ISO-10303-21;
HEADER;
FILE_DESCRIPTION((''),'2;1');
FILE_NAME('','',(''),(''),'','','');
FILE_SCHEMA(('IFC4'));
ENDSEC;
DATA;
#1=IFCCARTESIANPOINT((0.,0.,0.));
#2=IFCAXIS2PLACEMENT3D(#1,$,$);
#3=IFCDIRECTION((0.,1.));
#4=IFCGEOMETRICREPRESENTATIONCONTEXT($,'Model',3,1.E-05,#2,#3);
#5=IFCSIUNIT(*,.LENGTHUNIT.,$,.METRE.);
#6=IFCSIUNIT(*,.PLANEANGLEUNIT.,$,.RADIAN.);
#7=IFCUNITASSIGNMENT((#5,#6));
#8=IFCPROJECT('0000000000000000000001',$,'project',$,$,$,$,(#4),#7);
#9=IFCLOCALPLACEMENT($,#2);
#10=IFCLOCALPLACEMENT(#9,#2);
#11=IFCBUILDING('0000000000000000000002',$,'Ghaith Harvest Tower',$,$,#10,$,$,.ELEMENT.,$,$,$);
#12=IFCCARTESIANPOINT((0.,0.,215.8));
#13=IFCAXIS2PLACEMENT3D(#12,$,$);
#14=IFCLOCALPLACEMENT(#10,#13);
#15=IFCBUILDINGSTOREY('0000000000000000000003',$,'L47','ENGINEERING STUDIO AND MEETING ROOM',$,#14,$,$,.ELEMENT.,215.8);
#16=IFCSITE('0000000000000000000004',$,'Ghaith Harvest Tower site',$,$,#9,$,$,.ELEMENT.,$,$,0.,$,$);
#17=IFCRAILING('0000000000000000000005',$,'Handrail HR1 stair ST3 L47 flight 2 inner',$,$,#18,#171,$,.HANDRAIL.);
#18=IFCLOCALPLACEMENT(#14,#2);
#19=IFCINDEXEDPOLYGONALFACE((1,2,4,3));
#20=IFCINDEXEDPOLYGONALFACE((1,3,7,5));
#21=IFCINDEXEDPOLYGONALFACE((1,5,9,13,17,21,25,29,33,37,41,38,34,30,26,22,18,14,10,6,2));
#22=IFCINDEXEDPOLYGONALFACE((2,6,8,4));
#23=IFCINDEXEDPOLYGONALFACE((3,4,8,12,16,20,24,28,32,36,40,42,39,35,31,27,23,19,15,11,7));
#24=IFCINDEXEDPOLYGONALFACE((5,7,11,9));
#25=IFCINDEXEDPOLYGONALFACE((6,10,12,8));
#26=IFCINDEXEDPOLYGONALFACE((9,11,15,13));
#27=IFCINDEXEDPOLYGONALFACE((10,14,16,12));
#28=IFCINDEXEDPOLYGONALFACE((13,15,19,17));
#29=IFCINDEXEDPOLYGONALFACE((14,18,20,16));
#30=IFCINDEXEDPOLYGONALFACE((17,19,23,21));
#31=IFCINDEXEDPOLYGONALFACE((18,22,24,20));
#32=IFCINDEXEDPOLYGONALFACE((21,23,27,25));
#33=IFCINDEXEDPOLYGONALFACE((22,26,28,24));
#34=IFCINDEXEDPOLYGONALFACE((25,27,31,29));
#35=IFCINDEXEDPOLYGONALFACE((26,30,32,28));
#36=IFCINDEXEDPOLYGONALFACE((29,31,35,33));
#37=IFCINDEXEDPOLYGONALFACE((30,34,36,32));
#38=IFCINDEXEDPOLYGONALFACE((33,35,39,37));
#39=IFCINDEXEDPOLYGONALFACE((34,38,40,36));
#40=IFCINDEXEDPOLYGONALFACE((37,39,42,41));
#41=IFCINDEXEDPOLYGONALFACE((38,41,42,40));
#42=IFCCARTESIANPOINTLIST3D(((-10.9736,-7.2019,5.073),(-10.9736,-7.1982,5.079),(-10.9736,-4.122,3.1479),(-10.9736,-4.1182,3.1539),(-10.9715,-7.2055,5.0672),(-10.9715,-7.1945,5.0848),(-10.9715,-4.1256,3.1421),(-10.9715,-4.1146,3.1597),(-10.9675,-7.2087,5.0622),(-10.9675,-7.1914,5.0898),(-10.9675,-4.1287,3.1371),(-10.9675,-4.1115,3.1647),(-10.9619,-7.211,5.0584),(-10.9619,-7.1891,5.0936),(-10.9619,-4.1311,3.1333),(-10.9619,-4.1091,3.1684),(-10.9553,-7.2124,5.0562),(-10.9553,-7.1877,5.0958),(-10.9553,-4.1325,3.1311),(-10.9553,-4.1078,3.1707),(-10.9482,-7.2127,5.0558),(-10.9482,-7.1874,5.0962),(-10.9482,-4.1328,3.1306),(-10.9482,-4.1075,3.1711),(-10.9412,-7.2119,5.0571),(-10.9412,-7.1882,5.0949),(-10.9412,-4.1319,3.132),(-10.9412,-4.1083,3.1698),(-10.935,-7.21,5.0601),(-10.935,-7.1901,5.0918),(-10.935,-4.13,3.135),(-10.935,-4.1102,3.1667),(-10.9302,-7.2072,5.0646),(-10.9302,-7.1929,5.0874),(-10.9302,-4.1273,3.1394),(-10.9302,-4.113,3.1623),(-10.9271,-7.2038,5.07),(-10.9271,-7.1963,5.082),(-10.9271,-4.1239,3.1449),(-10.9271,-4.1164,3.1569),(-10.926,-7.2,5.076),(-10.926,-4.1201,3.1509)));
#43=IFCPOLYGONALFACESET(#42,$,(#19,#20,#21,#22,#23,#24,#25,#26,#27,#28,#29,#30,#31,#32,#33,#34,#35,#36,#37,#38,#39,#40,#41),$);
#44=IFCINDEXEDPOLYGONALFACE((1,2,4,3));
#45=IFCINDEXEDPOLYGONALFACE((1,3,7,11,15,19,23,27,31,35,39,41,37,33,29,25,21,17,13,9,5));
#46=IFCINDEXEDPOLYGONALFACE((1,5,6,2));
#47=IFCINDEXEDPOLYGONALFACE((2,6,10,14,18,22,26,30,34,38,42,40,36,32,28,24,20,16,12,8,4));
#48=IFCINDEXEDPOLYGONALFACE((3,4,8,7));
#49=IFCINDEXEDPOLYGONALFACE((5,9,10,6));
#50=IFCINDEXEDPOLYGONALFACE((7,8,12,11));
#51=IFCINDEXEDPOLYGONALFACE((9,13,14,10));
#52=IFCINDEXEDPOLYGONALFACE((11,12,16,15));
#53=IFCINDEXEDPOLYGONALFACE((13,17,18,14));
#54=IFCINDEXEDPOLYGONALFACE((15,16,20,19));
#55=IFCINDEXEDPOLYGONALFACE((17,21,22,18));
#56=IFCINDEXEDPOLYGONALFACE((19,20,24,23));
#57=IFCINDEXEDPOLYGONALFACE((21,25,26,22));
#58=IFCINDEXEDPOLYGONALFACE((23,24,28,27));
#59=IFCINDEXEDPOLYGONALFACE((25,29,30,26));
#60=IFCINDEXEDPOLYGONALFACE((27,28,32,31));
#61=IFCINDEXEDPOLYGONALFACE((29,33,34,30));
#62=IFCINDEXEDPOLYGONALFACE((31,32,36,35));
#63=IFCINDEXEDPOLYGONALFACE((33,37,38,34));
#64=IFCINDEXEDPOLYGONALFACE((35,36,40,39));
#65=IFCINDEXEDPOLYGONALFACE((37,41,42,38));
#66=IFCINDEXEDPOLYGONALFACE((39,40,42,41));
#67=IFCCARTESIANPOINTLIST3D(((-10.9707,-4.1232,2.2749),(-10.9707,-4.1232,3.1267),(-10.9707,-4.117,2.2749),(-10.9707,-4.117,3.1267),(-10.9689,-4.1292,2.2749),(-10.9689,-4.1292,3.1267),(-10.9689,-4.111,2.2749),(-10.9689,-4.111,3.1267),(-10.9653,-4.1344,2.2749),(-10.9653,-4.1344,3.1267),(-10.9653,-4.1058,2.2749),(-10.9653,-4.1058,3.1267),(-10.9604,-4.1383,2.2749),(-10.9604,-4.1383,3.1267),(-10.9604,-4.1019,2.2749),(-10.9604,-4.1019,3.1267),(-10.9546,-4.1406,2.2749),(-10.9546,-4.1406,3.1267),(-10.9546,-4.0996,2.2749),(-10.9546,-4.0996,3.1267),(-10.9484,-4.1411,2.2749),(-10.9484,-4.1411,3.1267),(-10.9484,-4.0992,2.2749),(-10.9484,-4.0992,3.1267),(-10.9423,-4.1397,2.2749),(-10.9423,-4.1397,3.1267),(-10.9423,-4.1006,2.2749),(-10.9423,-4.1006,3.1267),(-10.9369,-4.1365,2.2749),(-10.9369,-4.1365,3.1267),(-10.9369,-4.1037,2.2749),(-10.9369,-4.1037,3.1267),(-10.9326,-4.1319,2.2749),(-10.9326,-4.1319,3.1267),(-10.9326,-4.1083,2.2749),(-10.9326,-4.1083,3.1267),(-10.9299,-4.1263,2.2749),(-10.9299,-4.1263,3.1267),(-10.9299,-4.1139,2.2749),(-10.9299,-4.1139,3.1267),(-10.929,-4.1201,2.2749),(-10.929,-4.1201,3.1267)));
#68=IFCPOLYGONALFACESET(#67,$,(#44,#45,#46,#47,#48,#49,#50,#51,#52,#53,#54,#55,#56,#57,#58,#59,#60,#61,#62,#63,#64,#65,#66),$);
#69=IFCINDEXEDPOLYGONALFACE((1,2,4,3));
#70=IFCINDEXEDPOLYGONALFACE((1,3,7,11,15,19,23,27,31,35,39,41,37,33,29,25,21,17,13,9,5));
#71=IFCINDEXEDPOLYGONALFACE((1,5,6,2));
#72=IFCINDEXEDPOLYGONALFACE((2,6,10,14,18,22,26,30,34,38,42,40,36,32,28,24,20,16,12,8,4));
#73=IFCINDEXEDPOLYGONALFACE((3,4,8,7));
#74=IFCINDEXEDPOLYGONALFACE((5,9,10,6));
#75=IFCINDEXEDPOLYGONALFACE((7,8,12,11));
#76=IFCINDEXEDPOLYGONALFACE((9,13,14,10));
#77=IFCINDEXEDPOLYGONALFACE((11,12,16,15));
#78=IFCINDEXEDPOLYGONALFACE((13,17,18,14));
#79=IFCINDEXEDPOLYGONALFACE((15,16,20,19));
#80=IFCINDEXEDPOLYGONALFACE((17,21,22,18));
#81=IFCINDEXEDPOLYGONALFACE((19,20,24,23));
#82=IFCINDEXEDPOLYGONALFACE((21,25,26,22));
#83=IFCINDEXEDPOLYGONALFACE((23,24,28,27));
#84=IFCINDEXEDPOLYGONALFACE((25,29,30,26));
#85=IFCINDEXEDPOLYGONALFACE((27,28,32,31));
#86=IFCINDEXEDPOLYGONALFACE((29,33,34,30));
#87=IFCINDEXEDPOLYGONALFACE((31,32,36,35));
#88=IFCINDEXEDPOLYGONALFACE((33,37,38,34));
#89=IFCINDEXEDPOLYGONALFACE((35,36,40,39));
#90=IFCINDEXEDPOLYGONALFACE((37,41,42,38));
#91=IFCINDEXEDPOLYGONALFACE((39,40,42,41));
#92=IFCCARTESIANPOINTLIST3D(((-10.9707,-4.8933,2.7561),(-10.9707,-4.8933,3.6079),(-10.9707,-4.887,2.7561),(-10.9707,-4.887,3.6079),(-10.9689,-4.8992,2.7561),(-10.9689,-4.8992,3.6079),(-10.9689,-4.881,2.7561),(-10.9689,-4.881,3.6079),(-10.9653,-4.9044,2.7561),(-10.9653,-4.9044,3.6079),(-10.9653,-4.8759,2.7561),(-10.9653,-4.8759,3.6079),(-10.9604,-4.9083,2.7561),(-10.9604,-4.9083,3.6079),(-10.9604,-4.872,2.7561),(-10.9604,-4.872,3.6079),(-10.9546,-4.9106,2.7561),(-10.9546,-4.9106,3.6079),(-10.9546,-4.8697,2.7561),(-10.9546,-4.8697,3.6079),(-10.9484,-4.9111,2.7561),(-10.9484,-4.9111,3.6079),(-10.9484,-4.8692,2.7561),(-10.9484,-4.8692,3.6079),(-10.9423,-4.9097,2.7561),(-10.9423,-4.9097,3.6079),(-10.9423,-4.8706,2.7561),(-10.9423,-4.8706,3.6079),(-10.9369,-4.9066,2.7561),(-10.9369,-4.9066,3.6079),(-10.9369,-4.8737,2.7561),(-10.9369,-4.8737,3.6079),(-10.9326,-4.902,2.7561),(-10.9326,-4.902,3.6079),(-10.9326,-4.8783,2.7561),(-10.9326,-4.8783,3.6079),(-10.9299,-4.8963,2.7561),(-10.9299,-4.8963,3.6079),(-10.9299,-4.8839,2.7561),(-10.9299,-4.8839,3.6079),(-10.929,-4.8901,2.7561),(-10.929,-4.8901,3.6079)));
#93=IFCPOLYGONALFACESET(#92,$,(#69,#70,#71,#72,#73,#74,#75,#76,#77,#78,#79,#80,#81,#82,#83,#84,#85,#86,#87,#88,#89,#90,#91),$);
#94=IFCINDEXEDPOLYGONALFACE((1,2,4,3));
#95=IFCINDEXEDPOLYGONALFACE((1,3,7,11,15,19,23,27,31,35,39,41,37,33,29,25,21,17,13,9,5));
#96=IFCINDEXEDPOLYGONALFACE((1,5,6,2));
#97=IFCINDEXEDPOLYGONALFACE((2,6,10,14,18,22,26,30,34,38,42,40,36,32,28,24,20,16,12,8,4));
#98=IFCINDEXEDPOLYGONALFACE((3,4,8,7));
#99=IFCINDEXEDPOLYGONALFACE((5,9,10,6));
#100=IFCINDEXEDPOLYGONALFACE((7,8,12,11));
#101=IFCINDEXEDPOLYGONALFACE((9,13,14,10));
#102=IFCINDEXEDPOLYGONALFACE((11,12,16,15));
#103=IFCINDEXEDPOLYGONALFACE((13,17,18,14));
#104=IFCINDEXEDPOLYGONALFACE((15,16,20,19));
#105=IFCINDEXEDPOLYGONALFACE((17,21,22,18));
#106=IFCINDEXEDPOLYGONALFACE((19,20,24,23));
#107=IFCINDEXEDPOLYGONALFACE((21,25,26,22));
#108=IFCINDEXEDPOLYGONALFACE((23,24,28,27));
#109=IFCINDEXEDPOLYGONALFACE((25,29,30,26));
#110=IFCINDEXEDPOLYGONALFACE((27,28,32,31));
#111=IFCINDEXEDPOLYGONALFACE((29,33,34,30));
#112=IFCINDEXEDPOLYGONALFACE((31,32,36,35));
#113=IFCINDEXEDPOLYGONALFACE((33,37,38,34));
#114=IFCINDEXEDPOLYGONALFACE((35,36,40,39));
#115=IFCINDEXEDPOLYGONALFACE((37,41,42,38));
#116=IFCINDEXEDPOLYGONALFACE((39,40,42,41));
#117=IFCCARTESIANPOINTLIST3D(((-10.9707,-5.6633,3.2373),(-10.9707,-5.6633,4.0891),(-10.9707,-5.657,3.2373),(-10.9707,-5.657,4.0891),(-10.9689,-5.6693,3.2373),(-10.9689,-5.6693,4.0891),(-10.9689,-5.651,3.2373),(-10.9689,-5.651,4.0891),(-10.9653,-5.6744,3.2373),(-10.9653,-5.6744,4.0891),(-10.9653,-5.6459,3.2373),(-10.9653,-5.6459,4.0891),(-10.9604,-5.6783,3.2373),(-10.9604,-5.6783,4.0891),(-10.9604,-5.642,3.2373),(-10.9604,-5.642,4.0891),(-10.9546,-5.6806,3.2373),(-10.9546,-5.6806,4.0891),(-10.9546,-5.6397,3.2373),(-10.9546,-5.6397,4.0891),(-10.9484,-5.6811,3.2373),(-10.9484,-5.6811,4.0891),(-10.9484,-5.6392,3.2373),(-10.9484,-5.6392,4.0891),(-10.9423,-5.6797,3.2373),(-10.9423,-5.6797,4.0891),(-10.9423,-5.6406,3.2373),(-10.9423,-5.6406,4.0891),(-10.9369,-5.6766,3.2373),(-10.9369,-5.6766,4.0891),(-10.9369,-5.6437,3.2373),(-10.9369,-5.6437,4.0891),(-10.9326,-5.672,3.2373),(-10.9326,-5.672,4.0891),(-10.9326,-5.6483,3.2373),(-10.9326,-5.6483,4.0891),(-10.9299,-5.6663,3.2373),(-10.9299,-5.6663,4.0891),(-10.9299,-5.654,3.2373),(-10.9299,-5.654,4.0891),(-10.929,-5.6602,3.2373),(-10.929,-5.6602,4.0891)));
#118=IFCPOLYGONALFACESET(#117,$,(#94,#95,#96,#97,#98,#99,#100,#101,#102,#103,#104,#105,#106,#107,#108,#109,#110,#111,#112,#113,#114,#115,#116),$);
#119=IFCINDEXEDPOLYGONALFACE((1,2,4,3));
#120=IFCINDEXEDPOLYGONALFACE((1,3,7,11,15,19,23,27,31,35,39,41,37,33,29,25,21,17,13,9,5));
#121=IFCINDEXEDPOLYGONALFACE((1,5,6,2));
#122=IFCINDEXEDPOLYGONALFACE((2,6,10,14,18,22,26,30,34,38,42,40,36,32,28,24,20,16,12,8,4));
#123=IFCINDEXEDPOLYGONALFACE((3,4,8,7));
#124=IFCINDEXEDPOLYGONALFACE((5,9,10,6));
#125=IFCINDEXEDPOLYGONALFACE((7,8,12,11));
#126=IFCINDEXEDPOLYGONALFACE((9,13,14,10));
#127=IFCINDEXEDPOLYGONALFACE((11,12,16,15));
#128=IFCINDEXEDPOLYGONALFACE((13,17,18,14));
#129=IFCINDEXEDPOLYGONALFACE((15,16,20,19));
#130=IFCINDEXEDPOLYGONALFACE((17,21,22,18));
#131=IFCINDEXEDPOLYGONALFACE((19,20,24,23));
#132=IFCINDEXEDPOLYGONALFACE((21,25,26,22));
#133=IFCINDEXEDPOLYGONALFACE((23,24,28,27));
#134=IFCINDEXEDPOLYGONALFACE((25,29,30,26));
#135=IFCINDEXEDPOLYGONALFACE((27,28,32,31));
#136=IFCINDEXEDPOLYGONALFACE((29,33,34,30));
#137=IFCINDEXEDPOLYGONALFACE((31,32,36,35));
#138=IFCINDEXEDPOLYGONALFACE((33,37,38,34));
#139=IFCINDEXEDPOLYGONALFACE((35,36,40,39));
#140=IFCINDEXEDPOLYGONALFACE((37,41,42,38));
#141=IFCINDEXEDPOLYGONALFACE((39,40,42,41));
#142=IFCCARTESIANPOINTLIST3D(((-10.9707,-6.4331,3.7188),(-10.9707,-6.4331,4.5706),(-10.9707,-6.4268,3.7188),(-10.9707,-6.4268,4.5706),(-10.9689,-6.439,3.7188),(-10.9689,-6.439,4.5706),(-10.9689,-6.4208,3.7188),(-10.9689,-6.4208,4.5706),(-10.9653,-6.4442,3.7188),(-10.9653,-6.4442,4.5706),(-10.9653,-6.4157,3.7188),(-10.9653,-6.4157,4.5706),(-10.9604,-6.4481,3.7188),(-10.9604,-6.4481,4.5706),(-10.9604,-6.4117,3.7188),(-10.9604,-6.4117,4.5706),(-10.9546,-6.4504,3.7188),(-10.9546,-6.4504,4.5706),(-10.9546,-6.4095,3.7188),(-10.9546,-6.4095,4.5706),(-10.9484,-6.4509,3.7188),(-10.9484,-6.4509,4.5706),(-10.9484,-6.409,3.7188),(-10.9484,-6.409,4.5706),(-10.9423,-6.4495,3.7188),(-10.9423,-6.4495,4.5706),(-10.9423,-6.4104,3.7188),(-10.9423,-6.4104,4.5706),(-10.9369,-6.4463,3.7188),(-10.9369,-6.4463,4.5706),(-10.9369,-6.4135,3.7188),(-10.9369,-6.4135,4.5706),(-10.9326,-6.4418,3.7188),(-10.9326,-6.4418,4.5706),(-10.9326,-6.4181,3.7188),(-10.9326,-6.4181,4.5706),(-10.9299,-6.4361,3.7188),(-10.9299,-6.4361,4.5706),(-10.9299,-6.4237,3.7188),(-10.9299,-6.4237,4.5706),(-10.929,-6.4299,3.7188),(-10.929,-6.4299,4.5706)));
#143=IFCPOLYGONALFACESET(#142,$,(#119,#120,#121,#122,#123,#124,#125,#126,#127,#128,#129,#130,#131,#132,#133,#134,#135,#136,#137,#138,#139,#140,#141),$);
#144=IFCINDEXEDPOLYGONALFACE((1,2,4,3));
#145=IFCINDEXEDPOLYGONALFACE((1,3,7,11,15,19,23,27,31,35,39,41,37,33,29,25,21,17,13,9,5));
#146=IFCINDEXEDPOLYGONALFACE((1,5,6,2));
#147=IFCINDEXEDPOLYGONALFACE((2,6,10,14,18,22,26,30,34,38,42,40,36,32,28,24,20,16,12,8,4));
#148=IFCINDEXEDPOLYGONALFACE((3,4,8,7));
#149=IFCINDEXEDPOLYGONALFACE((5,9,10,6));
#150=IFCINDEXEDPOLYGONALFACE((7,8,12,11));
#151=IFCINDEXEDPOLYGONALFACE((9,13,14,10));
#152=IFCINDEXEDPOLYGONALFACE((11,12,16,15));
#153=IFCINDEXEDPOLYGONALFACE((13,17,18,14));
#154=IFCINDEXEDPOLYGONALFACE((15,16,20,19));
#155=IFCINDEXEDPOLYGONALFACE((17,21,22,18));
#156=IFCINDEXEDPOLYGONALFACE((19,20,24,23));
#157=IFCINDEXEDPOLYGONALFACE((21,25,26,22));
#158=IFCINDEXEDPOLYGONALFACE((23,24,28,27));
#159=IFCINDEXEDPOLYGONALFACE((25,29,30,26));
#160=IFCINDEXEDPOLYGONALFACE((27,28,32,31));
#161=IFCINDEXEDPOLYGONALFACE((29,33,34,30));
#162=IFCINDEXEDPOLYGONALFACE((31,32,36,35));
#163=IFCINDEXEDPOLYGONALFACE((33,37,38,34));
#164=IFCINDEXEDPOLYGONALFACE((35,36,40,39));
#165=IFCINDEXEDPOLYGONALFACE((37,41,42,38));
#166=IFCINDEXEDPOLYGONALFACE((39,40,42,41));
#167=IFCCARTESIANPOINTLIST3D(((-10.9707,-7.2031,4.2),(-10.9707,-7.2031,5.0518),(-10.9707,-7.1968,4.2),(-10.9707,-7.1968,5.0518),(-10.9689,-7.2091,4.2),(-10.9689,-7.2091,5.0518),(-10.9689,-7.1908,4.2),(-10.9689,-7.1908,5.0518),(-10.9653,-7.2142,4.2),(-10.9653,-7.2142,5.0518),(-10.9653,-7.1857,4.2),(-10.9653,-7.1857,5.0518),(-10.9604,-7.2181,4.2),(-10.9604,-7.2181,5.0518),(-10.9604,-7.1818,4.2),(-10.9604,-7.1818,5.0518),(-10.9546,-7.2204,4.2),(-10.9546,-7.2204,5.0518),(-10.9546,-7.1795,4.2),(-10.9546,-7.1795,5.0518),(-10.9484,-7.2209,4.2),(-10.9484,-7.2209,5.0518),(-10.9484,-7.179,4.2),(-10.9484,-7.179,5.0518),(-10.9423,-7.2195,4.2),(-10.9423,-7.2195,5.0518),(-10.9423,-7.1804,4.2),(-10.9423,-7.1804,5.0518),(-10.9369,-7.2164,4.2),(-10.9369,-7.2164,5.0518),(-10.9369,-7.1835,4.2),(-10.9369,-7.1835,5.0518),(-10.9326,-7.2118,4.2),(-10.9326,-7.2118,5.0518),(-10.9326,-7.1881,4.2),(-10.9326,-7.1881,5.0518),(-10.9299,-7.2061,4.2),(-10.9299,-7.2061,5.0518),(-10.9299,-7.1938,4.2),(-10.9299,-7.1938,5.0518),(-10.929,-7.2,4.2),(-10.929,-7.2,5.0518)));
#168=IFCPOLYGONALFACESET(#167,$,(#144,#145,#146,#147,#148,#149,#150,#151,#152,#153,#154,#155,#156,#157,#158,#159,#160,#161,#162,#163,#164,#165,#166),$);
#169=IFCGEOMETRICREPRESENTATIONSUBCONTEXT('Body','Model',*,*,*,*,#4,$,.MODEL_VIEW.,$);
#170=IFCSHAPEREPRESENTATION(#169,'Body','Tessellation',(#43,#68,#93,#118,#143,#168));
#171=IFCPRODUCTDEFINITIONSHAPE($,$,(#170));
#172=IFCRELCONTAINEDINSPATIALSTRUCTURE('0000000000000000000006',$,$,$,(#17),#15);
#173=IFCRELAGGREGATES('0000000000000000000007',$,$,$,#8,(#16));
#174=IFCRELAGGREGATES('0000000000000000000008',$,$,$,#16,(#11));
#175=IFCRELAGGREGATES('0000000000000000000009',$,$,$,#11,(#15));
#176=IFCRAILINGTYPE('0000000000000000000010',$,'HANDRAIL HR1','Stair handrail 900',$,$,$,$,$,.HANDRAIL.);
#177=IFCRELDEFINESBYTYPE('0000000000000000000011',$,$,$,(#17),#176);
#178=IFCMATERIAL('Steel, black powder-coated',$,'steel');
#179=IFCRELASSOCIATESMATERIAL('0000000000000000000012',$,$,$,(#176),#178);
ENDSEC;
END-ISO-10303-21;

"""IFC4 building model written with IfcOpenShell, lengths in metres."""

from ifc_helpers import new_model, si_unit, direction, frame, origin, origin_2d, place, context, subcontext, project, spatial, circle, extrude, material, type_object, element, save


model = new_model("IFC4")

# Units and contexts
model_context = context("Model", 3, precision=1e-05, world=origin(), true_north=direction((0.0, 1.0)))
body_context = subcontext(model_context, "Body", "Model", "MODEL_VIEW")
ifc_project = project(units=[si_unit("LENGTHUNIT", "METRE"), si_unit("PLANEANGLEUNIT", "RADIAN")], contexts=[model_context])

# Site, building, storey
site_placement = place(None, origin())
site = spatial("IfcSite", under=ifc_project, at=site_placement, Name="Ghaith Harvest Tower site", CompositionType="ELEMENT", RefElevation=0.0)
building_placement = place(site_placement, origin())
building = spatial("IfcBuilding", under=site, at=building_placement, Name="Ghaith Harvest Tower", CompositionType="ELEMENT")
storey_placement = place(building_placement, frame((0.0, 0.0, 215.8)))
storey = spatial("IfcBuildingStorey", under=building, at=storey_placement, Name="L47", Description="ENGINEERING STUDIO AND MEETING ROOM", CompositionType="ELEMENT", Elevation=215.8)

# Railing
ifc_material_1 = material(Name="Steel, black powder-coated", Category="steel")
railing_type = type_object("IfcRailingType", Name="HANDRAIL HR1", Description="Stair handrail 900", PredefinedType="HANDRAIL", material=ifc_material_1)
railing_1_placement = place(storey_placement, frame((-10.95, -4.1201, 2.2749)))
element("IfcRailing", 1, at=railing_1_placement, inside=storey, type_object=railing_type, Name="Handrail HR1 stair ST3 L47 flight 2 inner", PredefinedType="HANDRAIL", context=body_context, shape_type="SweptSolid", body=[
    extrude(circle(Radius=0.0239, at=origin_2d()), frame((0.0, 0.0, 0.876), z_axis=(0.0, -0.847979, 0.530029), x_axis=(1.0, 0.0, 0.0)), (0.0, 0.0, 1.0), 3.6321),
    extrude(circle(Radius=0.021, at=origin_2d()), origin(), (0.0, 0.0, 1.0), 0.8518),
    extrude(circle(Radius=0.021, at=origin_2d()), frame((0.0, -0.77, 0.4812)), (0.0, 0.0, 1.0), 0.8518),
    extrude(circle(Radius=0.021, at=origin_2d()), frame((0.0, -1.54, 0.9624)), (0.0, 0.0, 1.0), 0.8518),
    extrude(circle(Radius=0.021, at=origin_2d()), frame((0.0, -2.3098, 1.4438)), (0.0, 0.0, 1.0), 0.8518),
    extrude(circle(Radius=0.021, at=origin_2d()), frame((0.0, -3.0798, 1.925)), (0.0, 0.0, 1.0), 0.8518),
])

save(model, "model.ifc")
